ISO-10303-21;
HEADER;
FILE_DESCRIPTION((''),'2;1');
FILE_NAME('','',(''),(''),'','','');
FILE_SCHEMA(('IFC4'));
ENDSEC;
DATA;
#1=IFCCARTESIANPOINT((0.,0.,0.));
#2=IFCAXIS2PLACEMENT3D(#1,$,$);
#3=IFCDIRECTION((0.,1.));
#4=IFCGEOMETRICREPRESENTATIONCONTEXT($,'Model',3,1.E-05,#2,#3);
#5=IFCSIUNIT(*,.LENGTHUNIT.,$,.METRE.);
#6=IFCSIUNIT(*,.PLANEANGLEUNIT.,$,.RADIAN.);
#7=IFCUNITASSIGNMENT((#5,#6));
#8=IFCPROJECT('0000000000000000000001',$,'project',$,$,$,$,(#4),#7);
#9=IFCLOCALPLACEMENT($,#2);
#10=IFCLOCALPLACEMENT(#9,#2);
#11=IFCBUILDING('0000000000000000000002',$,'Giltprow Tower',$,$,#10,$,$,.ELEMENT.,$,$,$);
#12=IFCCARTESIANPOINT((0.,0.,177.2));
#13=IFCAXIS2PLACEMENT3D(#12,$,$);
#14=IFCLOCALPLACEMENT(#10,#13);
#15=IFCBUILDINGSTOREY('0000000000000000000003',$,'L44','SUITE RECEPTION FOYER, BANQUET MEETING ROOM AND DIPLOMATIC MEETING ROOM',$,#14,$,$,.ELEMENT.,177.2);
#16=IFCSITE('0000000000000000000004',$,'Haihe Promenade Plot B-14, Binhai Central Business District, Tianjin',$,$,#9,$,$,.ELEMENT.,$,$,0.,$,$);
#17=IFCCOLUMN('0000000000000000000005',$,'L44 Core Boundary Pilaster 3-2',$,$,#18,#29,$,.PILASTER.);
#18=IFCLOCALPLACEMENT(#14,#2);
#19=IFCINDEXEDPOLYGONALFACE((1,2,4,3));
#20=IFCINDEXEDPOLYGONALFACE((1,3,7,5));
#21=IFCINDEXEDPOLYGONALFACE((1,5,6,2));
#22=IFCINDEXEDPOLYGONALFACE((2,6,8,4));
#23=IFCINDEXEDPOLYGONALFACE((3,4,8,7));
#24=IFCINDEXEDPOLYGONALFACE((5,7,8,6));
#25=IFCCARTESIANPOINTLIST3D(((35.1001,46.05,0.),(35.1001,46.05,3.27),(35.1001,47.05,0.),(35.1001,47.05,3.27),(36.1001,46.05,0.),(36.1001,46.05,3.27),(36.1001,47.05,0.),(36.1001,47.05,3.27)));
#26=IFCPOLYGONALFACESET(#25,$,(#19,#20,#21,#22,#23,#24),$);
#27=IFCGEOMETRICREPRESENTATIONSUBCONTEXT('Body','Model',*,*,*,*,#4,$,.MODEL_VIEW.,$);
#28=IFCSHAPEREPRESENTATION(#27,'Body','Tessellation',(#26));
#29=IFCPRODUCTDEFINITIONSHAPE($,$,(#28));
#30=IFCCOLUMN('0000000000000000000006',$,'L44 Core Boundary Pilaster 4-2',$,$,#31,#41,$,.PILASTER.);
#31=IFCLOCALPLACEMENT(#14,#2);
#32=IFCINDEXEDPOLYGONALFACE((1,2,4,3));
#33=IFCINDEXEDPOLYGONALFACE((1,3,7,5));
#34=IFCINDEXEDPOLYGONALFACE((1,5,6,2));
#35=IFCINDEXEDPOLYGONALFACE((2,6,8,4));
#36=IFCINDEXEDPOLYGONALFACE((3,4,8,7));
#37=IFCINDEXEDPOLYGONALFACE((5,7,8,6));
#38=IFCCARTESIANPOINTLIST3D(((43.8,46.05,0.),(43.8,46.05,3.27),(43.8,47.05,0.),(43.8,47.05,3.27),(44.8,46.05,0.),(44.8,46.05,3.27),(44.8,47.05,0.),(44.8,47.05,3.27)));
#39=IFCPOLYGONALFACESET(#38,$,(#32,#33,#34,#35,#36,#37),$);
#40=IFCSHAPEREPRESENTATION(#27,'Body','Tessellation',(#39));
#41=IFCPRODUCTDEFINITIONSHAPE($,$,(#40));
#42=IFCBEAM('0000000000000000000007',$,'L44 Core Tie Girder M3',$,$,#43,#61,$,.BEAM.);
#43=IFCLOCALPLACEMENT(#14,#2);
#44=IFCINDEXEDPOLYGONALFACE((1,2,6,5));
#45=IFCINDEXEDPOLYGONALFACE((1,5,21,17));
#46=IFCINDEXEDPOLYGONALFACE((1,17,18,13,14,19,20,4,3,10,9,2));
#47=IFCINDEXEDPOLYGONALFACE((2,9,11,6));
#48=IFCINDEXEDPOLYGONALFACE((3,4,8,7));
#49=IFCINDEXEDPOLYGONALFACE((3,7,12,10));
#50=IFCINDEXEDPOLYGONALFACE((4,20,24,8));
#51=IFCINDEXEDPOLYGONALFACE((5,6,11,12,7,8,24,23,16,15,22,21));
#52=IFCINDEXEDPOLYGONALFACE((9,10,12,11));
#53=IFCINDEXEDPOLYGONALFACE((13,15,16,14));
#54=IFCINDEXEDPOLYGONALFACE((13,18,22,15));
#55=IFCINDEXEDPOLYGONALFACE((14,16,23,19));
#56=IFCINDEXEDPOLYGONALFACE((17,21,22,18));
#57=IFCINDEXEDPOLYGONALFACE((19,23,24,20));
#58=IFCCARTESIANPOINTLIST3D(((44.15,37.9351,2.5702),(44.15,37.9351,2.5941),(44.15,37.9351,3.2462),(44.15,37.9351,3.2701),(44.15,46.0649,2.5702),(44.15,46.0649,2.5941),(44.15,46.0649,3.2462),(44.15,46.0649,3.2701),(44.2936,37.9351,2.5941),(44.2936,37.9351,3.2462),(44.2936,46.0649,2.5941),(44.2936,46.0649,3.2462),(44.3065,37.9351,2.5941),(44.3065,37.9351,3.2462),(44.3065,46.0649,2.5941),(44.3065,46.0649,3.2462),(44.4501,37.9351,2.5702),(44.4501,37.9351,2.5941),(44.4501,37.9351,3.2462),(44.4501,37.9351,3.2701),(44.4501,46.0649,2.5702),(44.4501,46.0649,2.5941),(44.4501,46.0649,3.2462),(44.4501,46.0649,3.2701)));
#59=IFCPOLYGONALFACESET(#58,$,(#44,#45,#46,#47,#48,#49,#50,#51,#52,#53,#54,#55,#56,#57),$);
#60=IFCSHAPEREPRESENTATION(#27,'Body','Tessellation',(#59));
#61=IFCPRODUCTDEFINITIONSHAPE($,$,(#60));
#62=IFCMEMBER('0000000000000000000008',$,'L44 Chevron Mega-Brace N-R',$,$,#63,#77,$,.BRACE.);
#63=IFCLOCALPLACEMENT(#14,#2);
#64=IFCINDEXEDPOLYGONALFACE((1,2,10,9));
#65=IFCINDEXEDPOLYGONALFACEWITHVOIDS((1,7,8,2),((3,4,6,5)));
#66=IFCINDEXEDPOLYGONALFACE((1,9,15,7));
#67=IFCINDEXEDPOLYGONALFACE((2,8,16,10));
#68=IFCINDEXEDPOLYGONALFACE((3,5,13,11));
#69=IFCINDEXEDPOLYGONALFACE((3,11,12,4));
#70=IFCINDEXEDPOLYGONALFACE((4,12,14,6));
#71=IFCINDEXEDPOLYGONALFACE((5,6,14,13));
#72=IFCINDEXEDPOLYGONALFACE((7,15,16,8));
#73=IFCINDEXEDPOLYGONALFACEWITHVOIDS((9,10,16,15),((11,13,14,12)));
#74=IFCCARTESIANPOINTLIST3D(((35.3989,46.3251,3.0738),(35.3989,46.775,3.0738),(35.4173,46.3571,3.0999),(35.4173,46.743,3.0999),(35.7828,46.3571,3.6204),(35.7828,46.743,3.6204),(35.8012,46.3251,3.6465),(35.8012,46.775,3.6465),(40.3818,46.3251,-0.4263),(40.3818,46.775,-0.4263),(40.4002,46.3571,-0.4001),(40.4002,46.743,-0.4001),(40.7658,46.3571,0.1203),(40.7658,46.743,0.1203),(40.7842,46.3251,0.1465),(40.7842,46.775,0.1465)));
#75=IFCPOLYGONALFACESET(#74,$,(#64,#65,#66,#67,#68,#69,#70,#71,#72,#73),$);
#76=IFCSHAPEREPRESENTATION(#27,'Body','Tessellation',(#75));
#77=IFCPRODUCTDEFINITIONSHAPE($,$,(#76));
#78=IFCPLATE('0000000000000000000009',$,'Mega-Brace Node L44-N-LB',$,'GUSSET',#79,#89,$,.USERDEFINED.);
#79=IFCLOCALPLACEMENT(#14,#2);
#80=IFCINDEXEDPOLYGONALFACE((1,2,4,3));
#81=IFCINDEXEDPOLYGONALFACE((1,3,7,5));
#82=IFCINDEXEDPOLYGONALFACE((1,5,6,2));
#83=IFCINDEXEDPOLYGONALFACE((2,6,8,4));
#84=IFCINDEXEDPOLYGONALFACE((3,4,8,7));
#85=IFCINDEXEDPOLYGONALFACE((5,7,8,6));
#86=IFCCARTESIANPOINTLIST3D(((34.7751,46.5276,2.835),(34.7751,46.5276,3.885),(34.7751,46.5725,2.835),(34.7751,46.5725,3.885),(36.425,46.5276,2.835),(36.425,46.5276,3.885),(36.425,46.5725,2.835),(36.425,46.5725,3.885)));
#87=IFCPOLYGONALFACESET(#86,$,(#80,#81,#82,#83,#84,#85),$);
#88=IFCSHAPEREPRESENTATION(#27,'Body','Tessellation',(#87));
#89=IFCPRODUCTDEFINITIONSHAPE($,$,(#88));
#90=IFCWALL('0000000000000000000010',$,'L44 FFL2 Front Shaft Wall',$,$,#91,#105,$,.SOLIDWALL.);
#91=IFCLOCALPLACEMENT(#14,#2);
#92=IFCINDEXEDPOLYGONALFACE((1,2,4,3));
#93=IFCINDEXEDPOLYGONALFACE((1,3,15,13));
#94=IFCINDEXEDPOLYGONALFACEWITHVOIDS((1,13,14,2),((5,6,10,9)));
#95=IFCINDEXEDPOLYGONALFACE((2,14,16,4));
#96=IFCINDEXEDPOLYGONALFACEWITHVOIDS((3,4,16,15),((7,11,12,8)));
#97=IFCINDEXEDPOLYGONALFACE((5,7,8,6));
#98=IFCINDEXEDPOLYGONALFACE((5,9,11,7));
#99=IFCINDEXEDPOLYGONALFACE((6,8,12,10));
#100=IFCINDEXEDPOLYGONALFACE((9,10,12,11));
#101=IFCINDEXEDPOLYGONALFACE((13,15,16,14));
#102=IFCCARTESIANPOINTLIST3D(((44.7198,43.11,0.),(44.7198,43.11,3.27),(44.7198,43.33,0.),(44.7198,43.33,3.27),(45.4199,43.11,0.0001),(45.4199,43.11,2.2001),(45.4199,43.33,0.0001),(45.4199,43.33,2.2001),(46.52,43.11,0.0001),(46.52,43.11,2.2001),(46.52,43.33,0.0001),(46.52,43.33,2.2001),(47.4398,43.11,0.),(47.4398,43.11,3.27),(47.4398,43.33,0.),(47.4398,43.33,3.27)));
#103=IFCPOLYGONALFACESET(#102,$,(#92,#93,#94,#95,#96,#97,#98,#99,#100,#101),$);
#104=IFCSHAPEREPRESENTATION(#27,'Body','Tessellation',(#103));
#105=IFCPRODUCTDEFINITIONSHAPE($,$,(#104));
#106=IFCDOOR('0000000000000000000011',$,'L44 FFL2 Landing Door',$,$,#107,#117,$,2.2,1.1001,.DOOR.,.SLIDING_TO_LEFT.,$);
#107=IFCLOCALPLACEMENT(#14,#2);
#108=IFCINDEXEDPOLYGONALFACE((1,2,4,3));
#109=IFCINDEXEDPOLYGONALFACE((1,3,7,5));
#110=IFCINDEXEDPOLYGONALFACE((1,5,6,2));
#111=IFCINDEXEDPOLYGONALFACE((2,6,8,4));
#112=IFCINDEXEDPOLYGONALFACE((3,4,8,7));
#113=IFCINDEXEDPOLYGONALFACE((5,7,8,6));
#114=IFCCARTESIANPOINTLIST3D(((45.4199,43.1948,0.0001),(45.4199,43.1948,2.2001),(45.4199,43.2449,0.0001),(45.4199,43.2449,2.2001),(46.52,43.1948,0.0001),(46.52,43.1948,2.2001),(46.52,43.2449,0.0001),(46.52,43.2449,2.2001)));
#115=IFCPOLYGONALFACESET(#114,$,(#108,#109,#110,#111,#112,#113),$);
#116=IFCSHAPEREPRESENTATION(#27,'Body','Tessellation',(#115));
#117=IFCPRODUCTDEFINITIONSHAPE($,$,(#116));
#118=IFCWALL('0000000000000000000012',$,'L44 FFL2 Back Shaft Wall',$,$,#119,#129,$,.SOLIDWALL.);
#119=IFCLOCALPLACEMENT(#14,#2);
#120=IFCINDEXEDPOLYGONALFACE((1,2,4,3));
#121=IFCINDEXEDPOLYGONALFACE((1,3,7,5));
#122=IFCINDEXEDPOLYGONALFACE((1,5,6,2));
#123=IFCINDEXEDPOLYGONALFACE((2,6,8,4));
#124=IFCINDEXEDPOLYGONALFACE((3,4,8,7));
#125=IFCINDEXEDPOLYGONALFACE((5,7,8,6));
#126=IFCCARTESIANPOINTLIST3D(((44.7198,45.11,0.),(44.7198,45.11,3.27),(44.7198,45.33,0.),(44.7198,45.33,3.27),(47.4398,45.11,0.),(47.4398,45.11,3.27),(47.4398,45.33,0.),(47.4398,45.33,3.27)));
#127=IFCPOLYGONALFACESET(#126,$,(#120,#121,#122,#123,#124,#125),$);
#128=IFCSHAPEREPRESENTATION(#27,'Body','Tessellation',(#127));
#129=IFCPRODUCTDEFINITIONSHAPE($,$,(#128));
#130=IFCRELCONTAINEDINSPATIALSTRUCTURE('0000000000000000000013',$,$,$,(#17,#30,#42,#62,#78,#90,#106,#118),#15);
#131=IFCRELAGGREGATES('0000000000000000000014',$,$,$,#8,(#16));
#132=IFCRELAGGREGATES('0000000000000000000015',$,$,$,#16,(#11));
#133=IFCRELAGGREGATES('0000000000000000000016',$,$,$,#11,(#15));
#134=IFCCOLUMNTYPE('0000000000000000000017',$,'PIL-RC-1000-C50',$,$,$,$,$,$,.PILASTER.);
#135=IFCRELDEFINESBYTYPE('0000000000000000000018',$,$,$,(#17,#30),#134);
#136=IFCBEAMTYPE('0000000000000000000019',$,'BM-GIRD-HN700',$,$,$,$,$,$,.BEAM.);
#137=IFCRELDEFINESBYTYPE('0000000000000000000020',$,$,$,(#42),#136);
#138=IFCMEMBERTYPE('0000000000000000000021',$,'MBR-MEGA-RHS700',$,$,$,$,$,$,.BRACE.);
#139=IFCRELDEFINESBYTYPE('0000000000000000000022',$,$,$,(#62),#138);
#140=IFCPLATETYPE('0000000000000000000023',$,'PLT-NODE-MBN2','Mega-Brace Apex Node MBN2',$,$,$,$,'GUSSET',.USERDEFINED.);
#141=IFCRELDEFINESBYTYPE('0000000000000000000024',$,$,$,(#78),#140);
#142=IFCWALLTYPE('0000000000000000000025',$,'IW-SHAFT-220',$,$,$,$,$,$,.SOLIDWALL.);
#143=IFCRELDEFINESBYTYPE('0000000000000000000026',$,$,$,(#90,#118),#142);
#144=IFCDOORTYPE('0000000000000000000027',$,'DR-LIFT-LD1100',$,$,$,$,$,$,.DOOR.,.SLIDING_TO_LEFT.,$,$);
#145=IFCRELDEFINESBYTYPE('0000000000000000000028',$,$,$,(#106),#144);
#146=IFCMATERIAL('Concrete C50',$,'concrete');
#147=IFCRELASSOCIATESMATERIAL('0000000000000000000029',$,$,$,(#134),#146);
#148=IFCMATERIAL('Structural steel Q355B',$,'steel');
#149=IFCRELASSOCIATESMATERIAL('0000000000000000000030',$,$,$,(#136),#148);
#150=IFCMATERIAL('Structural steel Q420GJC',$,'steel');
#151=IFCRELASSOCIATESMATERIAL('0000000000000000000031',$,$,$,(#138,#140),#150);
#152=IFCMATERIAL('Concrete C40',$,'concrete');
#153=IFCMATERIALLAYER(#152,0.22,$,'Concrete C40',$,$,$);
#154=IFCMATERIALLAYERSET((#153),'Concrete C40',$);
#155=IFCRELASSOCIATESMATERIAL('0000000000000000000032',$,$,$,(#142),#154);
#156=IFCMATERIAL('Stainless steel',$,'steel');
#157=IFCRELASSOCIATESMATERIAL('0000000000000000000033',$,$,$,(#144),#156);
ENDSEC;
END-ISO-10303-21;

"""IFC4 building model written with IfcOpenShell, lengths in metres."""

from ifc_helpers import new_model, si_unit, direction, frame, frame_2d, origin, origin_2d, place, context, subcontext, project, spatial, rectangle, hollow_rectangle, i_section, extrude, source, transform, mapped, material, layer, layer_set, material_profile, profile_set, type_object, element, fill, save


model = new_model("IFC4")

# Units and contexts
model_context = context("Model", 3, precision=1e-05, world=origin(), true_north=direction((0.0, 1.0)))
body_context = subcontext(model_context, "Body", "Model", "MODEL_VIEW")
ifc_project = project(units=[si_unit("LENGTHUNIT", "METRE"), si_unit("PLANEANGLEUNIT", "RADIAN")], contexts=[model_context])

# Site, building, storey
site_placement = place(None, origin())
site = spatial("IfcSite", under=ifc_project, at=site_placement, Name="Haihe Promenade Plot B-14, Binhai Central Business District, Tianjin", CompositionType="ELEMENT", RefElevation=0.0)
building_placement = place(site_placement, origin())
building = spatial("IfcBuilding", under=site, at=building_placement, Name="Giltprow Tower", CompositionType="ELEMENT")
storey_placement = place(building_placement, frame((0.0, 0.0, 177.2)))
storey = spatial("IfcBuildingStorey", under=building, at=storey_placement, Name="L44", Description="SUITE RECEPTION FOYER, BANQUET MEETING ROOM AND DIPLOMATIC MEETING ROOM", CompositionType="ELEMENT", Elevation=177.2)

# Columns
ifc_material_1 = material(Name="Concrete C50", Category="concrete")
ifc_material_profile_1 = material_profile(ifc_material_1, rectangle(XDim=1.0, YDim=1.0, at=origin_2d()), Name="RC 1000x1000")
ifc_profile_set_1 = profile_set([ifc_material_profile_1], Name="Concrete C50")
column_type = type_object("IfcColumnType", Name="PIL-RC-1000-C50", PredefinedType="PILASTER", material=ifc_profile_set_1)
shared_shape_1 = source(origin(), body_context, "Body", "SweptSolid", [
    extrude(rectangle(XDim=1.0, YDim=1.0, at=origin_2d()), origin(), (0.0, 0.0, 1.0), 3.27),
])
for number, where, z_axis, x_axis, name in (
    (1, (35.6001, 46.55, 0.0), (0.0, 0.0, 1.0), (1.0, 0.0, 0.0), "L44 Core Boundary Pilaster 3-2"),
    (2, (44.3, 46.55, 0.0), (0.0, 0.0, 1.0), (1.0, 0.0, 0.0), "L44 Core Boundary Pilaster 4-2"),
):
    element("IfcColumn", number, at=place(storey_placement, frame(where, z_axis=z_axis, x_axis=x_axis)), inside=storey, type_object=column_type, Name=name, PredefinedType="PILASTER", context=body_context, shape_type="MappedRepresentation", body=[
        mapped(shared_shape_1, transform((0.0, 0.0, 0.0), x_axis=(1.0, 0.0, 0.0), y_axis=(0.0, 1.0, 0.0), z_axis=(0.0, 0.0, 1.0), scale=1.0)),
    ])

# Beam
ifc_material_2 = material(Name="Structural steel Q355B", Category="steel")
ifc_material_profile_2 = material_profile(ifc_material_2, i_section(OverallWidth=0.3, OverallDepth=0.7, WebThickness=0.0129, FlangeThickness=0.0239, at=origin_2d()), Name="HN 700x300x13x24")
ifc_profile_set_2 = profile_set([ifc_material_profile_2], Name="Structural steel Q355B")
beam_type = type_object("IfcBeamType", Name="BM-GIRD-HN700", PredefinedType="BEAM", material=ifc_profile_set_2)
shared_shape_2 = source(origin(), body_context, "Body", "SweptSolid", [
    extrude(i_section(OverallWidth=0.3, OverallDepth=0.7, WebThickness=0.0129, FlangeThickness=0.0239, at=origin_2d()), origin(), (0.0, 0.0, 1.0), 8.1299),
])
beam_placement = place(storey_placement, frame((44.3, 37.9351, 2.9202), z_axis=(0.0, 1.0, 0.0), x_axis=(-1.0, 0.0, 0.0)))
element("IfcBeam", 3, at=beam_placement, inside=storey, type_object=beam_type, Name="L44 Core Tie Girder M3", PredefinedType="BEAM", context=body_context, shape_type="MappedRepresentation", body=[
    mapped(shared_shape_2, transform((0.0, 0.0, 0.0), x_axis=(1.0, 0.0, 0.0), y_axis=(0.0, 1.0, 0.0), z_axis=(0.0, 0.0, 1.0), scale=1.0)),
])

# Member
ifc_material_3 = material(Name="Structural steel Q420GJC", Category="steel")
ifc_material_profile_3 = material_profile(ifc_material_3, hollow_rectangle(XDim=0.45, YDim=0.7, WallThickness=0.032, at=origin_2d()), Name="RHS 700x450x32")
ifc_profile_set_3 = profile_set([ifc_material_profile_3], Name="Structural steel Q420GJC")
member_type = type_object("IfcMemberType", Name="MBR-MEGA-RHS700", PredefinedType="BRACE", material=ifc_profile_set_3)
shared_shape_3 = source(origin(), body_context, "Body", "SweptSolid", [
    extrude(hollow_rectangle(XDim=0.45, YDim=0.7, WallThickness=0.032, at=origin_2d()), origin(), (0.0, 0.0, 1.0), 6.0894),
])
member_placement = place(storey_placement, frame((40.583, 46.55, -0.1399), z_axis=(-0.818308, 0.0, 0.57478), x_axis=(0.0, -1.0, 0.0)))
element("IfcMember", 4, at=member_placement, inside=storey, type_object=member_type, Name="L44 Chevron Mega-Brace N-R", PredefinedType="BRACE", context=body_context, shape_type="MappedRepresentation", body=[
    mapped(shared_shape_3, transform((0.0, 0.0, 0.0), x_axis=(1.0, 0.0, 0.0), y_axis=(0.0, 1.0, 0.0), z_axis=(0.0, 0.0, 1.0), scale=1.0)),
])

# Plate
plate_type = type_object("IfcPlateType", Name="PLT-NODE-MBN2", Description="Mega-Brace Apex Node MBN2", ElementType="GUSSET", PredefinedType="USERDEFINED", material=ifc_material_3)
shared_shape_4 = source(origin(), body_context, "Body", "SweptSolid", [
    extrude(rectangle(XDim=1.6499, YDim=0.0449, at=origin_2d()), origin(), (0.0, 0.0, 1.0), 1.05),
])
plate_placement = place(storey_placement, frame((35.6001, 46.55, 2.835), z_axis=(0.0, 0.0, 1.0), x_axis=(1.0, 0.0, 0.0)))
element("IfcPlate", 5, at=plate_placement, inside=storey, type_object=plate_type, Name="Mega-Brace Node L44-N-LB", ObjectType="GUSSET", PredefinedType="USERDEFINED", context=body_context, shape_type="MappedRepresentation", body=[
    mapped(shared_shape_4, transform((0.0, 0.0, 0.0), x_axis=(1.0, 0.0, 0.0), y_axis=(0.0, 1.0, 0.0), z_axis=(0.0, 0.0, 1.0), scale=1.0)),
])

# Wall, opening, door
ifc_material_4 = material(Name="Concrete C40", Category="concrete")
ifc_layer_1 = layer(ifc_material_4, 0.22, Name="Concrete C40")
ifc_layer_set_1 = layer_set([ifc_layer_1], Name="Concrete C40")
wall_type_1 = type_object("IfcWallType", Name="IW-SHAFT-220", PredefinedType="SOLIDWALL", material=ifc_layer_set_1)
wall_1_placement = place(storey_placement, frame((44.72, 43.22, 0.0), z_axis=(0.0, 0.0, 1.0), x_axis=(1.0, 0.0, 0.0)))
wall_1 = element("IfcWall", 6, at=wall_1_placement, inside=storey, type_object=wall_type_1, Name="L44 FFL2 Front Shaft Wall", PredefinedType="SOLIDWALL", context=body_context, shape_type="SweptSolid", body=[
    extrude(rectangle(XDim=2.72, YDim=0.22, at=frame_2d((1.3599, 0.0))), origin(), (0.0, 0.0, 1.0), 3.27),
])
opening_1_placement = place(wall_1_placement, frame((0.7, 0.0, 0.0)))
opening_1 = element("IfcOpeningElement", 7, at=opening_1_placement, cuts=wall_1, PredefinedType="OPENING", context=body_context, shape_type="SweptSolid", body=[
    extrude(rectangle(XDim=1.1001, YDim=2.2, at=frame_2d((0.55, 1.1001))), frame((0.0, 0.1199, 0.0), z_axis=(0.0, -1.0, 0.0), x_axis=(1.0, 0.0, 0.0)), (0.0, 0.0, 1.0), 0.24),
])
ifc_material_5 = material(Name="Stainless steel", Category="steel")
door_type_1 = type_object("IfcDoorType", Name="DR-LIFT-LD1100", OperationType="SLIDING_TO_LEFT", PredefinedType="DOOR", material=ifc_material_5)
shared_shape_5 = source(origin(), body_context, "Body", "SweptSolid", [
    extrude(rectangle(XDim=1.1001, YDim=2.2, at=frame_2d((0.55, 1.1001))), frame((0.0, 0.0249, 0.0), z_axis=(0.0, -1.0, 0.0), x_axis=(1.0, 0.0, 0.0)), (0.0, 0.0, 1.0), 0.05),
])
door_1_placement = place(opening_1_placement, origin())
door_1 = element("IfcDoor", 8, at=door_1_placement, inside=storey, type_object=door_type_1, Name="L44 FFL2 Landing Door", OperationType="SLIDING_TO_LEFT", OverallHeight=2.2, OverallWidth=1.1001, PredefinedType="DOOR", context=body_context, shape_type="MappedRepresentation", body=[
    mapped(shared_shape_5, transform((0.0, 0.0, 0.0), x_axis=(1.0, 0.0, 0.0), y_axis=(0.0, 1.0, 0.0), z_axis=(0.0, 0.0, 1.0), scale=1.0)),
])
fill(opening_1, door_1)

# Wall
wall_2_placement = place(storey_placement, frame((44.72, 45.22, 0.0), z_axis=(0.0, 0.0, 1.0), x_axis=(1.0, 0.0, 0.0)))
element("IfcWall", 9, at=wall_2_placement, inside=storey, type_object=wall_type_1, Name="L44 FFL2 Back Shaft Wall", PredefinedType="SOLIDWALL", context=body_context, shape_type="SweptSolid", body=[
    extrude(rectangle(XDim=2.72, YDim=0.22, at=frame_2d((1.3599, 0.0))), origin(), (0.0, 0.0, 1.0), 3.27),
])

save(model, "model.ifc")
